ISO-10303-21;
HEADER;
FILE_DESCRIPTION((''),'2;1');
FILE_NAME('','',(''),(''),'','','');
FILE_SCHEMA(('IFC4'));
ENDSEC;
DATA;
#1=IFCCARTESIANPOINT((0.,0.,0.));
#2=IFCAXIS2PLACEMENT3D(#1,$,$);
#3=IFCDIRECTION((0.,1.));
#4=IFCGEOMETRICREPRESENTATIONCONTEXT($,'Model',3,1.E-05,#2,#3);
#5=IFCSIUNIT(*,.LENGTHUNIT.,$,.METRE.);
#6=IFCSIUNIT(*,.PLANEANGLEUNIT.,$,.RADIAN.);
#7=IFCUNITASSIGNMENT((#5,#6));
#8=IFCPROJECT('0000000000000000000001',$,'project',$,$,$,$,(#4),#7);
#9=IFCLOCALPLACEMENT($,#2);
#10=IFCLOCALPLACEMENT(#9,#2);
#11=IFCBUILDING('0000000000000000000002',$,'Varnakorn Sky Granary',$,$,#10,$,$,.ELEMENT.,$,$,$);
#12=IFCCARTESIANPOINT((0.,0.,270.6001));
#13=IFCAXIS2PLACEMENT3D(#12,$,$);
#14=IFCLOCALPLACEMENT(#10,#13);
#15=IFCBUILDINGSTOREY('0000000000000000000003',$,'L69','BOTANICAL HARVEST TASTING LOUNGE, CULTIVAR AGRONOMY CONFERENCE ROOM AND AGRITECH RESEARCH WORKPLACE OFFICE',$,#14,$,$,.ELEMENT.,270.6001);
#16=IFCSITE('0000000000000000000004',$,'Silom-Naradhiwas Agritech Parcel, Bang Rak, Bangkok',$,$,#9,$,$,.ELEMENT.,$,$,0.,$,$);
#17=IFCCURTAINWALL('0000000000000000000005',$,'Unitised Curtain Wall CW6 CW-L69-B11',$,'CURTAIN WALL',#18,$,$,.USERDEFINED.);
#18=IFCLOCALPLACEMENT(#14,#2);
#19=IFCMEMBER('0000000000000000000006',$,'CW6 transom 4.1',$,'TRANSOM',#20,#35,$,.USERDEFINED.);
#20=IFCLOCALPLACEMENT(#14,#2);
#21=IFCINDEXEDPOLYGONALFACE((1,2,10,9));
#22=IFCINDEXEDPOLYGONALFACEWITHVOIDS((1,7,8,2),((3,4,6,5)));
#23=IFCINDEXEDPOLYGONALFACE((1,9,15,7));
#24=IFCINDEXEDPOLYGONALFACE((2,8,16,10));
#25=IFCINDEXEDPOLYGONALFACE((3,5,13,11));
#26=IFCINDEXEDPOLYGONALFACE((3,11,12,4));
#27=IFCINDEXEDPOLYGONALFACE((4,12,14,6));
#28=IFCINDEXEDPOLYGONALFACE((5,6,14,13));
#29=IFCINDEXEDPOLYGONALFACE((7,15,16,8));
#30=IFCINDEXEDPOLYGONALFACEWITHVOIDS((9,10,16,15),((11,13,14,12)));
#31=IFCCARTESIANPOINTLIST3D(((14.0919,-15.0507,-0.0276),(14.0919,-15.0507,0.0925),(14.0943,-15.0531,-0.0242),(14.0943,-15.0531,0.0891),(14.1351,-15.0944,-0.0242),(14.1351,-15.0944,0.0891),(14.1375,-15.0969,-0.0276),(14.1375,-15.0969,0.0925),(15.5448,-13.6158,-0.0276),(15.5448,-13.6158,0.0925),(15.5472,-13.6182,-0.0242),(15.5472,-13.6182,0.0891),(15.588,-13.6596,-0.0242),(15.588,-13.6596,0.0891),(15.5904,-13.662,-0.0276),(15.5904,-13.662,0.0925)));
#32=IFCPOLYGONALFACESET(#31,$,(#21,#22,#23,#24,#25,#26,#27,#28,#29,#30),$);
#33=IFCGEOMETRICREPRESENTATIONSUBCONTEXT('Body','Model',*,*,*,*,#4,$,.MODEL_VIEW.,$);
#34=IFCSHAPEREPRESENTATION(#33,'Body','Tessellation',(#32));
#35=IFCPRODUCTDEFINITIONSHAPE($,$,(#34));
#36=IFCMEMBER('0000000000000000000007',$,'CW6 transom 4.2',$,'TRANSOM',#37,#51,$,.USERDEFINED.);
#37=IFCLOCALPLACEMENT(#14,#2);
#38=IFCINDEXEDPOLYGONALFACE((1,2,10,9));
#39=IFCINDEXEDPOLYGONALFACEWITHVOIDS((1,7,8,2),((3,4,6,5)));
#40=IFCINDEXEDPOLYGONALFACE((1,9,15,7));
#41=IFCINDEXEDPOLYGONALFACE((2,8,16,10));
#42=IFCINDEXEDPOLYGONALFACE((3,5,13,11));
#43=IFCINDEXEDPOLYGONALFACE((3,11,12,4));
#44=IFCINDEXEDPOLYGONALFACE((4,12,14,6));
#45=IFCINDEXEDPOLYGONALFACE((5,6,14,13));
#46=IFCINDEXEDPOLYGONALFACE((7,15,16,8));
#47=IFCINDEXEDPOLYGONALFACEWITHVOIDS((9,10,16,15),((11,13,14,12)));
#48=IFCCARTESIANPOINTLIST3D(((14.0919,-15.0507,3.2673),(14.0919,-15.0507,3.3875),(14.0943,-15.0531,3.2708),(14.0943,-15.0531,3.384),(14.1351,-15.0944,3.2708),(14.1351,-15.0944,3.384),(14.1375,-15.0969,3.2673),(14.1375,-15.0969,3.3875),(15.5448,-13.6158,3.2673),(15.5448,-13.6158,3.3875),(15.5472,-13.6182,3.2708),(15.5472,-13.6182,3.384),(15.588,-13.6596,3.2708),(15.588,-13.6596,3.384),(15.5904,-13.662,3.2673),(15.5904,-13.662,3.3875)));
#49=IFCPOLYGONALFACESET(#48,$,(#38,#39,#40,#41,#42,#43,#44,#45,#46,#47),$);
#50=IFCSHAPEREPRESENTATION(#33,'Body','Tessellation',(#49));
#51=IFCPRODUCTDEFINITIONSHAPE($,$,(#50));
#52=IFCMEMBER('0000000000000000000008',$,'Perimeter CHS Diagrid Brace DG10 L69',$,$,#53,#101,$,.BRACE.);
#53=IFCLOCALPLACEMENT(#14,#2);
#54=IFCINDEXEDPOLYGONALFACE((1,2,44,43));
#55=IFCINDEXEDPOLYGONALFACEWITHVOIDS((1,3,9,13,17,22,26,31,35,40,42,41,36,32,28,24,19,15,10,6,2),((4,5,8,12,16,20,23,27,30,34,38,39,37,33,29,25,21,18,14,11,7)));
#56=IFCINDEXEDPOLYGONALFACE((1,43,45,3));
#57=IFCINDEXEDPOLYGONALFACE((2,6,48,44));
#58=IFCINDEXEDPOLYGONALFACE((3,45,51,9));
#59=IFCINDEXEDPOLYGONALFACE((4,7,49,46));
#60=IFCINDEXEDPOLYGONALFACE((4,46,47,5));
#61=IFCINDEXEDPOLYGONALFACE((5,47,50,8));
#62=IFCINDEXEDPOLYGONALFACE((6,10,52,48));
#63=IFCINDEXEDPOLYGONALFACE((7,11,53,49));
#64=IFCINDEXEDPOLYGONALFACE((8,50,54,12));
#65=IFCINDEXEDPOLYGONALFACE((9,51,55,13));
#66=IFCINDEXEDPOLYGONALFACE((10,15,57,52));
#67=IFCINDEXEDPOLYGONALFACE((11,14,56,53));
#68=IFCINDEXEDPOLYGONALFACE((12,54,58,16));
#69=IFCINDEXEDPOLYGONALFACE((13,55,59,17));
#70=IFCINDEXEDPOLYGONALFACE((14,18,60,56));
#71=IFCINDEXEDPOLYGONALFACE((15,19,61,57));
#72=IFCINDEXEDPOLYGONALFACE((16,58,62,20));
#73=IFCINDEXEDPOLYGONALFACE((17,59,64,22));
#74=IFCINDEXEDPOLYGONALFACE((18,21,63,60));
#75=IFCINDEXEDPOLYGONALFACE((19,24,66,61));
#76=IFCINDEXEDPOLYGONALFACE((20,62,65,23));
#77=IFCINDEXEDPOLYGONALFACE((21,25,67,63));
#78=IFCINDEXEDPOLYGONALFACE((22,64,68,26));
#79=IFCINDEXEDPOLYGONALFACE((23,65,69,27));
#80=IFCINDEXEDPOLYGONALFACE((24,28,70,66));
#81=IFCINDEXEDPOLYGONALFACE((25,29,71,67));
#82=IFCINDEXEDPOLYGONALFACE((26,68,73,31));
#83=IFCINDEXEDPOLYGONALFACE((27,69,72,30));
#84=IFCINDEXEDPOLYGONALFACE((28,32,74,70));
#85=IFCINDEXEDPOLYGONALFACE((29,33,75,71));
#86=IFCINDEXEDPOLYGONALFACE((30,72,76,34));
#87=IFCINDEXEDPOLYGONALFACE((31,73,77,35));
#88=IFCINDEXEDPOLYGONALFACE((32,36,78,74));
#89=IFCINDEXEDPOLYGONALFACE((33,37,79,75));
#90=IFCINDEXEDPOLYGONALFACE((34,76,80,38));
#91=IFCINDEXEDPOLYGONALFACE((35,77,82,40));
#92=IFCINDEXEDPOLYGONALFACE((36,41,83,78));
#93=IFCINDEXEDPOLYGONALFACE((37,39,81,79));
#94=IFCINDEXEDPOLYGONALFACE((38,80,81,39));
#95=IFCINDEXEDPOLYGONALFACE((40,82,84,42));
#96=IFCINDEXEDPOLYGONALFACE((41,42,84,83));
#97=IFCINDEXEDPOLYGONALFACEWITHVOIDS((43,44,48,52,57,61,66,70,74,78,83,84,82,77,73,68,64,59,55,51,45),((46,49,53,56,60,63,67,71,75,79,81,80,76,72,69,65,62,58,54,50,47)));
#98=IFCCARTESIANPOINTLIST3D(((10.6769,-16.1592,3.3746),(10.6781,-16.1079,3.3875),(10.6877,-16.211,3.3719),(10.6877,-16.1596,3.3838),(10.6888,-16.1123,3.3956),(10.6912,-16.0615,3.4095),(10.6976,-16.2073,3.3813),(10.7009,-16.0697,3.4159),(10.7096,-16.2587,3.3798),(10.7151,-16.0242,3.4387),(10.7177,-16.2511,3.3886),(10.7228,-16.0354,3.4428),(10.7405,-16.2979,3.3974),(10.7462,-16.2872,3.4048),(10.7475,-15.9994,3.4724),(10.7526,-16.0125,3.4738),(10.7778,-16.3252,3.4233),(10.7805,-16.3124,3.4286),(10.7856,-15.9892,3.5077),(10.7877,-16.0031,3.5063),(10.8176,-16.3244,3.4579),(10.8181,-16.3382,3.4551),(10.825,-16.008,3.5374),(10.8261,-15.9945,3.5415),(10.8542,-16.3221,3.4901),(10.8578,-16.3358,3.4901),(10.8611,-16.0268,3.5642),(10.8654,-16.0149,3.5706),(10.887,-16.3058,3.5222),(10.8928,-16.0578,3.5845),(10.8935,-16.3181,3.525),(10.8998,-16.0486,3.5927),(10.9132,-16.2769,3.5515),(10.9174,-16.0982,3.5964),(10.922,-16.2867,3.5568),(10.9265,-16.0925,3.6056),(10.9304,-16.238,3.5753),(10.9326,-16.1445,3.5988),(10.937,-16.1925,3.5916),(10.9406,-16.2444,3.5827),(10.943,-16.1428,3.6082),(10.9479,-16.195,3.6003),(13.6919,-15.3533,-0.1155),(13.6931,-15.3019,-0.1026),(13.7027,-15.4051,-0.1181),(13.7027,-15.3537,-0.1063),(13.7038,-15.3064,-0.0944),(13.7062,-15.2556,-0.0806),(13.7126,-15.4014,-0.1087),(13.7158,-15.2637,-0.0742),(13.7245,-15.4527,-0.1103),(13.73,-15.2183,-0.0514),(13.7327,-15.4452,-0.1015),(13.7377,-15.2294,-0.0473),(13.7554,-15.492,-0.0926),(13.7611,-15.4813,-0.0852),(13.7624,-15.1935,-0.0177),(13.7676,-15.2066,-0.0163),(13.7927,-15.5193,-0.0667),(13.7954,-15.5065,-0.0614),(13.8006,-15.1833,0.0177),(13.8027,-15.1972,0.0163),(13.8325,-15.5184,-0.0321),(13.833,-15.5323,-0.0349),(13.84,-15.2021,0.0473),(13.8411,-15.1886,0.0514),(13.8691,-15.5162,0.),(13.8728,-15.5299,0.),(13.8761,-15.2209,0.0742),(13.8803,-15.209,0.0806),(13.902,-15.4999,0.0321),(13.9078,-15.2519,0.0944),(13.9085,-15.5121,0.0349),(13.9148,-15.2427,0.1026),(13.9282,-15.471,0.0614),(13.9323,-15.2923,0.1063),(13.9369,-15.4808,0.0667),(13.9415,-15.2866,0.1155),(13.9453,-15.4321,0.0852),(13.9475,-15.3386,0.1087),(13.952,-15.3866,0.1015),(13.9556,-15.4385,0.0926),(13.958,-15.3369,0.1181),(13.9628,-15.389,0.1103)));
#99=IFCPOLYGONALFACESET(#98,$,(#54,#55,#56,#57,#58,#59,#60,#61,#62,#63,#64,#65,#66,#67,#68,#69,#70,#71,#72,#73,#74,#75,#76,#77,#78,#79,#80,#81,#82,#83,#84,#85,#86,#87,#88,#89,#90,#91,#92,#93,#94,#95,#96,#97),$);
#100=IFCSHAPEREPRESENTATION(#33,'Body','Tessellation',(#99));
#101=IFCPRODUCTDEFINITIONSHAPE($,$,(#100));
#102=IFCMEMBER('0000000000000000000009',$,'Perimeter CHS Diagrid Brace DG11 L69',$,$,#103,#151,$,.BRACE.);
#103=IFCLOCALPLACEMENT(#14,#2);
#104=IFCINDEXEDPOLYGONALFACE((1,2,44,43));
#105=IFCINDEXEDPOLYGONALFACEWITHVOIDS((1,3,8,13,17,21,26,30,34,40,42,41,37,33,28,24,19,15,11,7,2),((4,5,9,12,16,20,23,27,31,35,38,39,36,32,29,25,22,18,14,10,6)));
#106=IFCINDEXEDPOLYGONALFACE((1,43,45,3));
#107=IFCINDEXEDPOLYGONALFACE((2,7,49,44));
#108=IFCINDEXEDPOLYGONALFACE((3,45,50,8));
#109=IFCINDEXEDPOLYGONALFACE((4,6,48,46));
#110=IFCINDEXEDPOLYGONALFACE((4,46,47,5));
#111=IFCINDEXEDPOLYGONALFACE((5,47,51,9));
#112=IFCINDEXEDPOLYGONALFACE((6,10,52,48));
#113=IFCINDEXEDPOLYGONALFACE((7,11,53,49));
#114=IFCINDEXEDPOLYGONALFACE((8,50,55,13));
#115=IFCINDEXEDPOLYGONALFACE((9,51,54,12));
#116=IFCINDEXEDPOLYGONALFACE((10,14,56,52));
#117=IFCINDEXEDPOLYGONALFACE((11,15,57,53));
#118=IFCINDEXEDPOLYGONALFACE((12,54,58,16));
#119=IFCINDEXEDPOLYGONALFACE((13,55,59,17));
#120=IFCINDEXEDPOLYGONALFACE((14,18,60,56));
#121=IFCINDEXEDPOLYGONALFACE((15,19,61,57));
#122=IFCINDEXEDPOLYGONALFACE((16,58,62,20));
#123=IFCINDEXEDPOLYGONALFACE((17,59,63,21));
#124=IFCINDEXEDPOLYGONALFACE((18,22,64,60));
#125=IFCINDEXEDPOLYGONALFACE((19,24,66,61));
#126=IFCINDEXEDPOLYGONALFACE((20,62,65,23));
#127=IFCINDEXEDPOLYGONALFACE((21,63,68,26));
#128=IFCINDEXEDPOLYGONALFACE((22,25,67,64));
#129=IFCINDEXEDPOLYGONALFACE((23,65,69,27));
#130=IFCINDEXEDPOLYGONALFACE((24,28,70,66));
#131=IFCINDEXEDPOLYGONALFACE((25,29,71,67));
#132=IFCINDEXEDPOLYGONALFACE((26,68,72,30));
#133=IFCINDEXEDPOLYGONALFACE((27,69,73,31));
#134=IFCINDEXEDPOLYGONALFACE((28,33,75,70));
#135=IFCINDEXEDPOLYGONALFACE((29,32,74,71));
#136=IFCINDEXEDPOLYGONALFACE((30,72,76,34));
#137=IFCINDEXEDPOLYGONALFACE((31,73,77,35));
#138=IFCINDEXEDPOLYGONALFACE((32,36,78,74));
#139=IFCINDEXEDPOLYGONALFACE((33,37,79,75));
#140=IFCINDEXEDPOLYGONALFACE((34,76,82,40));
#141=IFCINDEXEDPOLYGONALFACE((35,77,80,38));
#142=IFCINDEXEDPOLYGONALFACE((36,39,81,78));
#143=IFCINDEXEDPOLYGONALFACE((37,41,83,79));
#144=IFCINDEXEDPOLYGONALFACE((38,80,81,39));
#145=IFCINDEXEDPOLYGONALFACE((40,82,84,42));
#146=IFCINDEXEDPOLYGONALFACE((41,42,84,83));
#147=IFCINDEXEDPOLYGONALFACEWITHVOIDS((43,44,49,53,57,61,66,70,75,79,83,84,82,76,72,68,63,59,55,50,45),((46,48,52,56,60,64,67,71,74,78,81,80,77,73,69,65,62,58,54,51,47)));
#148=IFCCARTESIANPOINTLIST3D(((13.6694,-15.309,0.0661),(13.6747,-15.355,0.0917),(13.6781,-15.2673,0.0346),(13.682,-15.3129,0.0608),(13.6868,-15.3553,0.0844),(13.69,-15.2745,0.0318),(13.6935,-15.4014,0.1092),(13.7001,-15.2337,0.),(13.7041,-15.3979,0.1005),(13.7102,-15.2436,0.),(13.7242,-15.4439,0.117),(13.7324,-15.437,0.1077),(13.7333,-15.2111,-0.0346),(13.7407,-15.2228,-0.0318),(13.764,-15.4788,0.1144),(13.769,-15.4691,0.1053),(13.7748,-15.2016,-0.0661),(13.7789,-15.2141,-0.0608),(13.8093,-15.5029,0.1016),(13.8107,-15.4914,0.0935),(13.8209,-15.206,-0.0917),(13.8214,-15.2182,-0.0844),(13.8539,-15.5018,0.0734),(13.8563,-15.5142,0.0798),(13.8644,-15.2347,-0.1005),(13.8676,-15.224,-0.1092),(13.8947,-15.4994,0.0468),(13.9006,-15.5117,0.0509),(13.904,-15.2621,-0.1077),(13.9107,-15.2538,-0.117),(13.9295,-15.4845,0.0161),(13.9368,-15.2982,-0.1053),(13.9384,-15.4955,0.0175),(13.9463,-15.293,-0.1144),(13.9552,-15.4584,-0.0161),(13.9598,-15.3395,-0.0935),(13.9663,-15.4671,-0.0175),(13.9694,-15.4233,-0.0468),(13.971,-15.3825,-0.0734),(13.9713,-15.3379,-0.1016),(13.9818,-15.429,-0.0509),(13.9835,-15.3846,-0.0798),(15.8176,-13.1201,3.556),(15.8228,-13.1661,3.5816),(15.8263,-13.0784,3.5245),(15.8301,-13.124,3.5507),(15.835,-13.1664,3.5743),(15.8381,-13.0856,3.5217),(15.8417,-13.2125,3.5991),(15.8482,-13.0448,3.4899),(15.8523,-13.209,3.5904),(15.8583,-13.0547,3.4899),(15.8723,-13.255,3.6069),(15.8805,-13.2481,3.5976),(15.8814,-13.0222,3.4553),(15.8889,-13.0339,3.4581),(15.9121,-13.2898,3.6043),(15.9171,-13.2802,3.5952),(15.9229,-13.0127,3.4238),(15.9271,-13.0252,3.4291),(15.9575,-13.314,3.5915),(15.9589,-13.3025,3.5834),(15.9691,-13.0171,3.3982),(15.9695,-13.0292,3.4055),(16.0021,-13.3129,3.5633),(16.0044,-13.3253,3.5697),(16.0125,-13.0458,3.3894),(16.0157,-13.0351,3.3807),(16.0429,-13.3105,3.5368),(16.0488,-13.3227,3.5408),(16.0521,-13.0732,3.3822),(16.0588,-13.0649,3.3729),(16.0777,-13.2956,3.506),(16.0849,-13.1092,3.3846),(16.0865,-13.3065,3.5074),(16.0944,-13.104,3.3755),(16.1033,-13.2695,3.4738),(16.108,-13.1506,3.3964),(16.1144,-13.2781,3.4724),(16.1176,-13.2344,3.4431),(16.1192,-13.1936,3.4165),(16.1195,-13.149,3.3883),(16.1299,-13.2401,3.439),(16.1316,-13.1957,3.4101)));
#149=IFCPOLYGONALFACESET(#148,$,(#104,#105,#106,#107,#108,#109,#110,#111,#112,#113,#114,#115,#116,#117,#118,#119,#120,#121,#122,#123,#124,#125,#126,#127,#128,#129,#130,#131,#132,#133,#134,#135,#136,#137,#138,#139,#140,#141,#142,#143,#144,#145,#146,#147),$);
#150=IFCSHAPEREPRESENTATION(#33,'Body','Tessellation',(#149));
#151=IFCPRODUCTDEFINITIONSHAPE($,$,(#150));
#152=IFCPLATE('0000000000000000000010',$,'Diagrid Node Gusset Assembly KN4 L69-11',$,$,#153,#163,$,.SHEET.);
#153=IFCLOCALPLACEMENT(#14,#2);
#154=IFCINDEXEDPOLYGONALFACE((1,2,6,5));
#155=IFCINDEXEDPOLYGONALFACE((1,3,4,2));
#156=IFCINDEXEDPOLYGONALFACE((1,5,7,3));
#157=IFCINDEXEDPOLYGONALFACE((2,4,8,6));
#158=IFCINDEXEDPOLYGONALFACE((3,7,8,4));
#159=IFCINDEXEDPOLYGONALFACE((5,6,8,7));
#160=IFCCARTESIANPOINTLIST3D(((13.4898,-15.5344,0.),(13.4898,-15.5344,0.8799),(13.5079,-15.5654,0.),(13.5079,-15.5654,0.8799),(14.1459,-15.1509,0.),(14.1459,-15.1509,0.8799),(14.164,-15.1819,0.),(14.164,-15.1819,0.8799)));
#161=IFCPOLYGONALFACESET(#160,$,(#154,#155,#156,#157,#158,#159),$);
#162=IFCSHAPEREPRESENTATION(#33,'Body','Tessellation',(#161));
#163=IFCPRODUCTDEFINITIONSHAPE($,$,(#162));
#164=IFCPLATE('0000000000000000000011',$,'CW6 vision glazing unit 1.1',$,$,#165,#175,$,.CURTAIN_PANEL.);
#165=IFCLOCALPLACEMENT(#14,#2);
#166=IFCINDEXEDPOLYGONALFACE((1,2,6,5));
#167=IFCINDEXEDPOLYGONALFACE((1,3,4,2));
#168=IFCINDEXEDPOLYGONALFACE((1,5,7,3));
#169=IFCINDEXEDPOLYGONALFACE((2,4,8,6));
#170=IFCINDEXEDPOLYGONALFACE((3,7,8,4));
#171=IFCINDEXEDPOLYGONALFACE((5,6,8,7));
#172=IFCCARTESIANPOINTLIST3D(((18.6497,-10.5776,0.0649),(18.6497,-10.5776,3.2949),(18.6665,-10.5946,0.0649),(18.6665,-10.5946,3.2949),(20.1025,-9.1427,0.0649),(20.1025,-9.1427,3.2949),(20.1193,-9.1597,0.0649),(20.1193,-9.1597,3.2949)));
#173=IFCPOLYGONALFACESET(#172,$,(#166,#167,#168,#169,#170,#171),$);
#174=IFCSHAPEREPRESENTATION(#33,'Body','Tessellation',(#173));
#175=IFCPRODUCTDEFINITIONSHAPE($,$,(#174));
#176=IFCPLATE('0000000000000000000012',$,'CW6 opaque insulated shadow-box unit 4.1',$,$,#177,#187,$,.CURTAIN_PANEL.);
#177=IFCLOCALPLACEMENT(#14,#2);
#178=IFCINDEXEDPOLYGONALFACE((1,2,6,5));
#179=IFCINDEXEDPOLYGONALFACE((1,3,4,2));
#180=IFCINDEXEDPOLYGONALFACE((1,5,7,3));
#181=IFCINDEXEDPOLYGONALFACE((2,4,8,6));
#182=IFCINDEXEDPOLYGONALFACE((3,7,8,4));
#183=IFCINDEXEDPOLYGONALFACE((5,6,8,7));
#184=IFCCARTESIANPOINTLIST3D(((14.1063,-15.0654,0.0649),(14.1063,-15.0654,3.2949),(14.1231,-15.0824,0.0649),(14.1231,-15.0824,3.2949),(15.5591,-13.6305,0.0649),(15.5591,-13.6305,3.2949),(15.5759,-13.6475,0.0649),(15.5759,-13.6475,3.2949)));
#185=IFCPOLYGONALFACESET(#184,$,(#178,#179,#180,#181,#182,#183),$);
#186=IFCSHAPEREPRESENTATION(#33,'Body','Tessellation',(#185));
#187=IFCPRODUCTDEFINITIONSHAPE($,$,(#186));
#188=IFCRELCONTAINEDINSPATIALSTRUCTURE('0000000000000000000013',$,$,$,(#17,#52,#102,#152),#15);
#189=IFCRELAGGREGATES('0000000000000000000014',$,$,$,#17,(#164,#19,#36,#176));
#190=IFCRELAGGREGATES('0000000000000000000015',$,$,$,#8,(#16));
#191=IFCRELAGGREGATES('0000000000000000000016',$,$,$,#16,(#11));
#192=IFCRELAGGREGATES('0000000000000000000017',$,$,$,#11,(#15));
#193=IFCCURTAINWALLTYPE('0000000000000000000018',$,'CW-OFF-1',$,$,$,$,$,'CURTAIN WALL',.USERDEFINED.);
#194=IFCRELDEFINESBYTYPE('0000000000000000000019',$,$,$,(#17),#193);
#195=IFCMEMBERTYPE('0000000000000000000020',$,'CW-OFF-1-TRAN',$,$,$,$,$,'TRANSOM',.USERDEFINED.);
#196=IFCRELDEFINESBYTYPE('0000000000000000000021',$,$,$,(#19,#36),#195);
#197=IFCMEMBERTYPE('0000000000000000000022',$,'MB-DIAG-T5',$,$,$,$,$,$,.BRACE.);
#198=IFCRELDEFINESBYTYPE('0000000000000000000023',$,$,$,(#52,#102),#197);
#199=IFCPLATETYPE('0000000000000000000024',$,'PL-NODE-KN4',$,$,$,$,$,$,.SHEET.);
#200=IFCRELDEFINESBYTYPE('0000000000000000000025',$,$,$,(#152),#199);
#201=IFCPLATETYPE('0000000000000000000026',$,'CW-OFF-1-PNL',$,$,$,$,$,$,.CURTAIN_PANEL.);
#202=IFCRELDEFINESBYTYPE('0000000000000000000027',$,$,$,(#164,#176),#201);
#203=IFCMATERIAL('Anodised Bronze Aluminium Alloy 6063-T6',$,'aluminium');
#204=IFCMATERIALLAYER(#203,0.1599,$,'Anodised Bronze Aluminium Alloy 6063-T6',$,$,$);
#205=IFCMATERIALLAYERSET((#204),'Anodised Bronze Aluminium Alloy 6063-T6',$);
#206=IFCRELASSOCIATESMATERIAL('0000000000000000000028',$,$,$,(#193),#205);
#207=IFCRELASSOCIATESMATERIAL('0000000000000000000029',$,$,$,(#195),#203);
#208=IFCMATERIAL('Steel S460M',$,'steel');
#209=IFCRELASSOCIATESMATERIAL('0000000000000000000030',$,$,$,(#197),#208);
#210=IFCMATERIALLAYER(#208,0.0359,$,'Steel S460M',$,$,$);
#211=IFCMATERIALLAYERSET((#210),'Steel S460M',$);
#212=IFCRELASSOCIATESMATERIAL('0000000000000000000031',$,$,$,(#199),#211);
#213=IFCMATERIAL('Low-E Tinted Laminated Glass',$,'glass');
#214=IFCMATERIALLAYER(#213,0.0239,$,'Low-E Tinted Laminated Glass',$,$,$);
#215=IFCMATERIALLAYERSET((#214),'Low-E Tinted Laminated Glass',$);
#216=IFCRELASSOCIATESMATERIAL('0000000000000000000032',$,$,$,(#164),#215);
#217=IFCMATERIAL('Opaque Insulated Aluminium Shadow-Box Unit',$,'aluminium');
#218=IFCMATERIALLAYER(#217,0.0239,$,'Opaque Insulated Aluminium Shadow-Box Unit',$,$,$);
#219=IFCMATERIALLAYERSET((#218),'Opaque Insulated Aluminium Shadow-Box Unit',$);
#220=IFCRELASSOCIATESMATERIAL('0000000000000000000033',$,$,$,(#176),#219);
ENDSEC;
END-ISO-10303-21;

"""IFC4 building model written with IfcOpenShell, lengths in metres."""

from ifc_helpers import new_model, si_unit, direction, frame, origin, origin_2d, place, context, subcontext, project, spatial, rectangle, hollow_rectangle, hollow_circle, extrude, source, transform, mapped, material, layer, layer_set, material_profile, profile_set, type_object, element, aggregate, save


model = new_model("IFC4")

# Units and contexts
model_context = context("Model", 3, precision=1e-05, world=origin(), true_north=direction((0.0, 1.0)))
body_context = subcontext(model_context, "Body", "Model", "MODEL_VIEW")
ifc_project = project(units=[si_unit("LENGTHUNIT", "METRE"), si_unit("PLANEANGLEUNIT", "RADIAN")], contexts=[model_context])

# Site, building, storey
site_placement = place(None, origin())
site = spatial("IfcSite", under=ifc_project, at=site_placement, Name="Silom-Naradhiwas Agritech Parcel, Bang Rak, Bangkok", CompositionType="ELEMENT", RefElevation=0.0)
building_placement = place(site_placement, origin())
building = spatial("IfcBuilding", under=site, at=building_placement, Name="Varnakorn Sky Granary", CompositionType="ELEMENT")
storey_placement = place(building_placement, frame((0.0, 0.0, 270.6001)))
storey = spatial("IfcBuildingStorey", under=building, at=storey_placement, Name="L69", Description="BOTANICAL HARVEST TASTING LOUNGE, CULTIVAR AGRONOMY CONFERENCE ROOM AND AGRITECH RESEARCH WORKPLACE OFFICE", CompositionType="ELEMENT", Elevation=270.6001)

# Curtain wall, members
ifc_material_1 = material(Name="Anodised Bronze Aluminium Alloy 6063-T6", Category="aluminium")
ifc_layer_1 = layer(ifc_material_1, 0.1599, Name="Anodised Bronze Aluminium Alloy 6063-T6")
ifc_layer_set_1 = layer_set([ifc_layer_1], Name="Anodised Bronze Aluminium Alloy 6063-T6")
curtain_wall_type = type_object("IfcCurtainWallType", Name="CW-OFF-1", ElementType="CURTAIN WALL", PredefinedType="USERDEFINED", material=ifc_layer_set_1)
curtain_wall_placement = place(storey_placement, origin())
curtain_wall = element("IfcCurtainWall", 1, at=curtain_wall_placement, inside=storey, type_object=curtain_wall_type, Name="Unitised Curtain Wall CW6 CW-L69-B11", ObjectType="CURTAIN WALL", PredefinedType="USERDEFINED")
ifc_material_profile_1 = material_profile(ifc_material_1, hollow_rectangle(XDim=0.0649, YDim=0.1201, WallThickness=0.0034, at=origin_2d()), Name="ALU TRAN 65x120")
ifc_profile_set_1 = profile_set([ifc_material_profile_1], Name="Anodised Bronze Aluminium Alloy 6063-T6")
member_type_1 = type_object("IfcMemberType", Name="CW-OFF-1-TRAN", ElementType="TRANSOM", PredefinedType="USERDEFINED", material=ifc_profile_set_1)
member_1_placement = place(storey_placement, frame((15.5676, -13.6389, 0.0325), z_axis=(-0.711517, -0.702669, 0.0), x_axis=(0.702669, -0.711517, 0.0)))
member_1 = element("IfcMember", 2, at=member_1_placement, type_object=member_type_1, Name="CW6 transom 4.1", ObjectType="TRANSOM", PredefinedType="USERDEFINED", context=body_context, shape_type="SweptSolid", body=[
    extrude(hollow_rectangle(XDim=0.0649, YDim=0.1201, WallThickness=0.0034, at=origin_2d()), origin(), (0.0, 0.0, 1.0), 2.042),
])
member_2_placement = place(storey_placement, frame((15.5676, -13.6389, 3.3274), z_axis=(-0.711517, -0.702669, 0.0), x_axis=(0.702669, -0.711517, 0.0)))
member_2 = element("IfcMember", 3, at=member_2_placement, type_object=member_type_1, Name="CW6 transom 4.2", ObjectType="TRANSOM", PredefinedType="USERDEFINED", context=body_context, shape_type="SweptSolid", body=[
    extrude(hollow_rectangle(XDim=0.0649, YDim=0.1201, WallThickness=0.0034, at=origin_2d()), origin(), (0.0, 0.0, 1.0), 2.042),
])

# Members
ifc_material_2 = material(Name="Steel S460M", Category="steel")
ifc_material_profile_2 = material_profile(ifc_material_2, hollow_circle(Radius=0.1777, WallThickness=0.0142, at=origin_2d()), Name="CHS 355.6x14")
ifc_profile_set_2 = profile_set([ifc_material_profile_2], Name="Steel S460M")
member_type_2 = type_object("IfcMemberType", Name="MB-DIAG-T5", PredefinedType="BRACE", material=ifc_profile_set_2)
member_3_placement = place(storey_placement, frame((13.8269, -15.3582, 0.0), z_axis=(-0.643962, -0.172137, 0.74544), x_axis=(0.258242, -0.96608, 0.0)))
element("IfcMember", 4, at=member_3_placement, inside=storey, type_object=member_type_2, Name="Perimeter CHS Diagrid Brace DG10 L69", PredefinedType="BRACE", context=body_context, shape_type="SweptSolid", body=[
    extrude(hollow_circle(Radius=0.1777, WallThickness=0.0142, at=origin_2d()), origin(), (0.0, 0.0, 1.0), 4.6819),
])
member_4_placement = place(storey_placement, frame((13.8269, -15.3582, 0.0), z_axis=(0.462364, 0.471139, 0.751164), x_axis=(-0.713722, 0.700429, 0.0)))
element("IfcMember", 5, at=member_4_placement, inside=storey, type_object=member_type_2, Name="Perimeter CHS Diagrid Brace DG11 L69", PredefinedType="BRACE", context=body_context, shape_type="SweptSolid", body=[
    extrude(hollow_circle(Radius=0.1777, WallThickness=0.0142, at=origin_2d()), origin(), (0.0, 0.0, 1.0), 4.646),
])

# Plates
ifc_layer_2 = layer(ifc_material_2, 0.0359, Name="Steel S460M")
ifc_layer_set_2 = layer_set([ifc_layer_2], Name="Steel S460M")
plate_type_1 = type_object("IfcPlateType", Name="PL-NODE-KN4", PredefinedType="SHEET", material=ifc_layer_set_2)
plate_1_placement = place(storey_placement, frame((13.8269, -15.3582, 0.0), z_axis=(0.0, 0.0, 1.0), x_axis=(0.863336, 0.50463, 0.0)))
element("IfcPlate", 6, at=plate_1_placement, inside=storey, type_object=plate_type_1, Name="Diagrid Node Gusset Assembly KN4 L69-11", PredefinedType="SHEET", context=body_context, shape_type="SweptSolid", body=[
    extrude(rectangle(XDim=0.76, YDim=0.0359, at=origin_2d()), origin(), (0.0, 0.0, 1.0), 0.8799),
])
ifc_material_3 = material(Name="Low-E Tinted Laminated Glass", Category="glass")
ifc_layer_3 = layer(ifc_material_3, 0.0239, Name="Low-E Tinted Laminated Glass")
ifc_layer_set_3 = layer_set([ifc_layer_3], Name="Low-E Tinted Laminated Glass")
plate_type_2 = type_object("IfcPlateType", Name="CW-OFF-1-PNL", PredefinedType="CURTAIN_PANEL")
shared_shape_1 = source(origin(), body_context, "Body", "SweptSolid", [
    extrude(rectangle(XDim=2.042, YDim=0.0239, at=origin_2d()), origin(), (0.0, 0.0, 1.0), 3.23),
])
plate_2_placement = place(storey_placement, frame((19.3845, -9.8687, 0.0649), z_axis=(0.0, 0.0, 1.0), x_axis=(-0.711458, -0.702729, 0.0)))
plate_2 = element("IfcPlate", 7, at=plate_2_placement, type_object=plate_type_2, material=ifc_layer_set_3, Name="CW6 vision glazing unit 1.1", PredefinedType="CURTAIN_PANEL", context=body_context, shape_type="MappedRepresentation", body=[
    mapped(shared_shape_1, transform((0.0, 0.0, 0.0), x_axis=(1.0, 0.0, 0.0), y_axis=(0.0, 1.0, 0.0), z_axis=(0.0, 0.0, 1.0), scale=1.0)),
])
ifc_material_4 = material(Name="Opaque Insulated Aluminium Shadow-Box Unit", Category="aluminium")
ifc_layer_4 = layer(ifc_material_4, 0.0239, Name="Opaque Insulated Aluminium Shadow-Box Unit")
ifc_layer_set_4 = layer_set([ifc_layer_4], Name="Opaque Insulated Aluminium Shadow-Box Unit")
plate_3_placement = place(storey_placement, frame((14.8411, -14.3564, 0.0649), z_axis=(0.0, 0.0, 1.0), x_axis=(-0.711458, -0.702729, 0.0)))
plate_3 = element("IfcPlate", 8, at=plate_3_placement, type_object=plate_type_2, material=ifc_layer_set_4, Name="CW6 opaque insulated shadow-box unit 4.1", PredefinedType="CURTAIN_PANEL", context=body_context, shape_type="MappedRepresentation", body=[
    mapped(shared_shape_1, transform((0.0, 0.0, 0.0), x_axis=(1.0, 0.0, 0.0), y_axis=(0.0, 1.0, 0.0), z_axis=(0.0, 0.0, 1.0), scale=1.0)),
])
aggregate(curtain_wall, [plate_2, member_1, member_2, plate_3])

save(model, "model.ifc")
